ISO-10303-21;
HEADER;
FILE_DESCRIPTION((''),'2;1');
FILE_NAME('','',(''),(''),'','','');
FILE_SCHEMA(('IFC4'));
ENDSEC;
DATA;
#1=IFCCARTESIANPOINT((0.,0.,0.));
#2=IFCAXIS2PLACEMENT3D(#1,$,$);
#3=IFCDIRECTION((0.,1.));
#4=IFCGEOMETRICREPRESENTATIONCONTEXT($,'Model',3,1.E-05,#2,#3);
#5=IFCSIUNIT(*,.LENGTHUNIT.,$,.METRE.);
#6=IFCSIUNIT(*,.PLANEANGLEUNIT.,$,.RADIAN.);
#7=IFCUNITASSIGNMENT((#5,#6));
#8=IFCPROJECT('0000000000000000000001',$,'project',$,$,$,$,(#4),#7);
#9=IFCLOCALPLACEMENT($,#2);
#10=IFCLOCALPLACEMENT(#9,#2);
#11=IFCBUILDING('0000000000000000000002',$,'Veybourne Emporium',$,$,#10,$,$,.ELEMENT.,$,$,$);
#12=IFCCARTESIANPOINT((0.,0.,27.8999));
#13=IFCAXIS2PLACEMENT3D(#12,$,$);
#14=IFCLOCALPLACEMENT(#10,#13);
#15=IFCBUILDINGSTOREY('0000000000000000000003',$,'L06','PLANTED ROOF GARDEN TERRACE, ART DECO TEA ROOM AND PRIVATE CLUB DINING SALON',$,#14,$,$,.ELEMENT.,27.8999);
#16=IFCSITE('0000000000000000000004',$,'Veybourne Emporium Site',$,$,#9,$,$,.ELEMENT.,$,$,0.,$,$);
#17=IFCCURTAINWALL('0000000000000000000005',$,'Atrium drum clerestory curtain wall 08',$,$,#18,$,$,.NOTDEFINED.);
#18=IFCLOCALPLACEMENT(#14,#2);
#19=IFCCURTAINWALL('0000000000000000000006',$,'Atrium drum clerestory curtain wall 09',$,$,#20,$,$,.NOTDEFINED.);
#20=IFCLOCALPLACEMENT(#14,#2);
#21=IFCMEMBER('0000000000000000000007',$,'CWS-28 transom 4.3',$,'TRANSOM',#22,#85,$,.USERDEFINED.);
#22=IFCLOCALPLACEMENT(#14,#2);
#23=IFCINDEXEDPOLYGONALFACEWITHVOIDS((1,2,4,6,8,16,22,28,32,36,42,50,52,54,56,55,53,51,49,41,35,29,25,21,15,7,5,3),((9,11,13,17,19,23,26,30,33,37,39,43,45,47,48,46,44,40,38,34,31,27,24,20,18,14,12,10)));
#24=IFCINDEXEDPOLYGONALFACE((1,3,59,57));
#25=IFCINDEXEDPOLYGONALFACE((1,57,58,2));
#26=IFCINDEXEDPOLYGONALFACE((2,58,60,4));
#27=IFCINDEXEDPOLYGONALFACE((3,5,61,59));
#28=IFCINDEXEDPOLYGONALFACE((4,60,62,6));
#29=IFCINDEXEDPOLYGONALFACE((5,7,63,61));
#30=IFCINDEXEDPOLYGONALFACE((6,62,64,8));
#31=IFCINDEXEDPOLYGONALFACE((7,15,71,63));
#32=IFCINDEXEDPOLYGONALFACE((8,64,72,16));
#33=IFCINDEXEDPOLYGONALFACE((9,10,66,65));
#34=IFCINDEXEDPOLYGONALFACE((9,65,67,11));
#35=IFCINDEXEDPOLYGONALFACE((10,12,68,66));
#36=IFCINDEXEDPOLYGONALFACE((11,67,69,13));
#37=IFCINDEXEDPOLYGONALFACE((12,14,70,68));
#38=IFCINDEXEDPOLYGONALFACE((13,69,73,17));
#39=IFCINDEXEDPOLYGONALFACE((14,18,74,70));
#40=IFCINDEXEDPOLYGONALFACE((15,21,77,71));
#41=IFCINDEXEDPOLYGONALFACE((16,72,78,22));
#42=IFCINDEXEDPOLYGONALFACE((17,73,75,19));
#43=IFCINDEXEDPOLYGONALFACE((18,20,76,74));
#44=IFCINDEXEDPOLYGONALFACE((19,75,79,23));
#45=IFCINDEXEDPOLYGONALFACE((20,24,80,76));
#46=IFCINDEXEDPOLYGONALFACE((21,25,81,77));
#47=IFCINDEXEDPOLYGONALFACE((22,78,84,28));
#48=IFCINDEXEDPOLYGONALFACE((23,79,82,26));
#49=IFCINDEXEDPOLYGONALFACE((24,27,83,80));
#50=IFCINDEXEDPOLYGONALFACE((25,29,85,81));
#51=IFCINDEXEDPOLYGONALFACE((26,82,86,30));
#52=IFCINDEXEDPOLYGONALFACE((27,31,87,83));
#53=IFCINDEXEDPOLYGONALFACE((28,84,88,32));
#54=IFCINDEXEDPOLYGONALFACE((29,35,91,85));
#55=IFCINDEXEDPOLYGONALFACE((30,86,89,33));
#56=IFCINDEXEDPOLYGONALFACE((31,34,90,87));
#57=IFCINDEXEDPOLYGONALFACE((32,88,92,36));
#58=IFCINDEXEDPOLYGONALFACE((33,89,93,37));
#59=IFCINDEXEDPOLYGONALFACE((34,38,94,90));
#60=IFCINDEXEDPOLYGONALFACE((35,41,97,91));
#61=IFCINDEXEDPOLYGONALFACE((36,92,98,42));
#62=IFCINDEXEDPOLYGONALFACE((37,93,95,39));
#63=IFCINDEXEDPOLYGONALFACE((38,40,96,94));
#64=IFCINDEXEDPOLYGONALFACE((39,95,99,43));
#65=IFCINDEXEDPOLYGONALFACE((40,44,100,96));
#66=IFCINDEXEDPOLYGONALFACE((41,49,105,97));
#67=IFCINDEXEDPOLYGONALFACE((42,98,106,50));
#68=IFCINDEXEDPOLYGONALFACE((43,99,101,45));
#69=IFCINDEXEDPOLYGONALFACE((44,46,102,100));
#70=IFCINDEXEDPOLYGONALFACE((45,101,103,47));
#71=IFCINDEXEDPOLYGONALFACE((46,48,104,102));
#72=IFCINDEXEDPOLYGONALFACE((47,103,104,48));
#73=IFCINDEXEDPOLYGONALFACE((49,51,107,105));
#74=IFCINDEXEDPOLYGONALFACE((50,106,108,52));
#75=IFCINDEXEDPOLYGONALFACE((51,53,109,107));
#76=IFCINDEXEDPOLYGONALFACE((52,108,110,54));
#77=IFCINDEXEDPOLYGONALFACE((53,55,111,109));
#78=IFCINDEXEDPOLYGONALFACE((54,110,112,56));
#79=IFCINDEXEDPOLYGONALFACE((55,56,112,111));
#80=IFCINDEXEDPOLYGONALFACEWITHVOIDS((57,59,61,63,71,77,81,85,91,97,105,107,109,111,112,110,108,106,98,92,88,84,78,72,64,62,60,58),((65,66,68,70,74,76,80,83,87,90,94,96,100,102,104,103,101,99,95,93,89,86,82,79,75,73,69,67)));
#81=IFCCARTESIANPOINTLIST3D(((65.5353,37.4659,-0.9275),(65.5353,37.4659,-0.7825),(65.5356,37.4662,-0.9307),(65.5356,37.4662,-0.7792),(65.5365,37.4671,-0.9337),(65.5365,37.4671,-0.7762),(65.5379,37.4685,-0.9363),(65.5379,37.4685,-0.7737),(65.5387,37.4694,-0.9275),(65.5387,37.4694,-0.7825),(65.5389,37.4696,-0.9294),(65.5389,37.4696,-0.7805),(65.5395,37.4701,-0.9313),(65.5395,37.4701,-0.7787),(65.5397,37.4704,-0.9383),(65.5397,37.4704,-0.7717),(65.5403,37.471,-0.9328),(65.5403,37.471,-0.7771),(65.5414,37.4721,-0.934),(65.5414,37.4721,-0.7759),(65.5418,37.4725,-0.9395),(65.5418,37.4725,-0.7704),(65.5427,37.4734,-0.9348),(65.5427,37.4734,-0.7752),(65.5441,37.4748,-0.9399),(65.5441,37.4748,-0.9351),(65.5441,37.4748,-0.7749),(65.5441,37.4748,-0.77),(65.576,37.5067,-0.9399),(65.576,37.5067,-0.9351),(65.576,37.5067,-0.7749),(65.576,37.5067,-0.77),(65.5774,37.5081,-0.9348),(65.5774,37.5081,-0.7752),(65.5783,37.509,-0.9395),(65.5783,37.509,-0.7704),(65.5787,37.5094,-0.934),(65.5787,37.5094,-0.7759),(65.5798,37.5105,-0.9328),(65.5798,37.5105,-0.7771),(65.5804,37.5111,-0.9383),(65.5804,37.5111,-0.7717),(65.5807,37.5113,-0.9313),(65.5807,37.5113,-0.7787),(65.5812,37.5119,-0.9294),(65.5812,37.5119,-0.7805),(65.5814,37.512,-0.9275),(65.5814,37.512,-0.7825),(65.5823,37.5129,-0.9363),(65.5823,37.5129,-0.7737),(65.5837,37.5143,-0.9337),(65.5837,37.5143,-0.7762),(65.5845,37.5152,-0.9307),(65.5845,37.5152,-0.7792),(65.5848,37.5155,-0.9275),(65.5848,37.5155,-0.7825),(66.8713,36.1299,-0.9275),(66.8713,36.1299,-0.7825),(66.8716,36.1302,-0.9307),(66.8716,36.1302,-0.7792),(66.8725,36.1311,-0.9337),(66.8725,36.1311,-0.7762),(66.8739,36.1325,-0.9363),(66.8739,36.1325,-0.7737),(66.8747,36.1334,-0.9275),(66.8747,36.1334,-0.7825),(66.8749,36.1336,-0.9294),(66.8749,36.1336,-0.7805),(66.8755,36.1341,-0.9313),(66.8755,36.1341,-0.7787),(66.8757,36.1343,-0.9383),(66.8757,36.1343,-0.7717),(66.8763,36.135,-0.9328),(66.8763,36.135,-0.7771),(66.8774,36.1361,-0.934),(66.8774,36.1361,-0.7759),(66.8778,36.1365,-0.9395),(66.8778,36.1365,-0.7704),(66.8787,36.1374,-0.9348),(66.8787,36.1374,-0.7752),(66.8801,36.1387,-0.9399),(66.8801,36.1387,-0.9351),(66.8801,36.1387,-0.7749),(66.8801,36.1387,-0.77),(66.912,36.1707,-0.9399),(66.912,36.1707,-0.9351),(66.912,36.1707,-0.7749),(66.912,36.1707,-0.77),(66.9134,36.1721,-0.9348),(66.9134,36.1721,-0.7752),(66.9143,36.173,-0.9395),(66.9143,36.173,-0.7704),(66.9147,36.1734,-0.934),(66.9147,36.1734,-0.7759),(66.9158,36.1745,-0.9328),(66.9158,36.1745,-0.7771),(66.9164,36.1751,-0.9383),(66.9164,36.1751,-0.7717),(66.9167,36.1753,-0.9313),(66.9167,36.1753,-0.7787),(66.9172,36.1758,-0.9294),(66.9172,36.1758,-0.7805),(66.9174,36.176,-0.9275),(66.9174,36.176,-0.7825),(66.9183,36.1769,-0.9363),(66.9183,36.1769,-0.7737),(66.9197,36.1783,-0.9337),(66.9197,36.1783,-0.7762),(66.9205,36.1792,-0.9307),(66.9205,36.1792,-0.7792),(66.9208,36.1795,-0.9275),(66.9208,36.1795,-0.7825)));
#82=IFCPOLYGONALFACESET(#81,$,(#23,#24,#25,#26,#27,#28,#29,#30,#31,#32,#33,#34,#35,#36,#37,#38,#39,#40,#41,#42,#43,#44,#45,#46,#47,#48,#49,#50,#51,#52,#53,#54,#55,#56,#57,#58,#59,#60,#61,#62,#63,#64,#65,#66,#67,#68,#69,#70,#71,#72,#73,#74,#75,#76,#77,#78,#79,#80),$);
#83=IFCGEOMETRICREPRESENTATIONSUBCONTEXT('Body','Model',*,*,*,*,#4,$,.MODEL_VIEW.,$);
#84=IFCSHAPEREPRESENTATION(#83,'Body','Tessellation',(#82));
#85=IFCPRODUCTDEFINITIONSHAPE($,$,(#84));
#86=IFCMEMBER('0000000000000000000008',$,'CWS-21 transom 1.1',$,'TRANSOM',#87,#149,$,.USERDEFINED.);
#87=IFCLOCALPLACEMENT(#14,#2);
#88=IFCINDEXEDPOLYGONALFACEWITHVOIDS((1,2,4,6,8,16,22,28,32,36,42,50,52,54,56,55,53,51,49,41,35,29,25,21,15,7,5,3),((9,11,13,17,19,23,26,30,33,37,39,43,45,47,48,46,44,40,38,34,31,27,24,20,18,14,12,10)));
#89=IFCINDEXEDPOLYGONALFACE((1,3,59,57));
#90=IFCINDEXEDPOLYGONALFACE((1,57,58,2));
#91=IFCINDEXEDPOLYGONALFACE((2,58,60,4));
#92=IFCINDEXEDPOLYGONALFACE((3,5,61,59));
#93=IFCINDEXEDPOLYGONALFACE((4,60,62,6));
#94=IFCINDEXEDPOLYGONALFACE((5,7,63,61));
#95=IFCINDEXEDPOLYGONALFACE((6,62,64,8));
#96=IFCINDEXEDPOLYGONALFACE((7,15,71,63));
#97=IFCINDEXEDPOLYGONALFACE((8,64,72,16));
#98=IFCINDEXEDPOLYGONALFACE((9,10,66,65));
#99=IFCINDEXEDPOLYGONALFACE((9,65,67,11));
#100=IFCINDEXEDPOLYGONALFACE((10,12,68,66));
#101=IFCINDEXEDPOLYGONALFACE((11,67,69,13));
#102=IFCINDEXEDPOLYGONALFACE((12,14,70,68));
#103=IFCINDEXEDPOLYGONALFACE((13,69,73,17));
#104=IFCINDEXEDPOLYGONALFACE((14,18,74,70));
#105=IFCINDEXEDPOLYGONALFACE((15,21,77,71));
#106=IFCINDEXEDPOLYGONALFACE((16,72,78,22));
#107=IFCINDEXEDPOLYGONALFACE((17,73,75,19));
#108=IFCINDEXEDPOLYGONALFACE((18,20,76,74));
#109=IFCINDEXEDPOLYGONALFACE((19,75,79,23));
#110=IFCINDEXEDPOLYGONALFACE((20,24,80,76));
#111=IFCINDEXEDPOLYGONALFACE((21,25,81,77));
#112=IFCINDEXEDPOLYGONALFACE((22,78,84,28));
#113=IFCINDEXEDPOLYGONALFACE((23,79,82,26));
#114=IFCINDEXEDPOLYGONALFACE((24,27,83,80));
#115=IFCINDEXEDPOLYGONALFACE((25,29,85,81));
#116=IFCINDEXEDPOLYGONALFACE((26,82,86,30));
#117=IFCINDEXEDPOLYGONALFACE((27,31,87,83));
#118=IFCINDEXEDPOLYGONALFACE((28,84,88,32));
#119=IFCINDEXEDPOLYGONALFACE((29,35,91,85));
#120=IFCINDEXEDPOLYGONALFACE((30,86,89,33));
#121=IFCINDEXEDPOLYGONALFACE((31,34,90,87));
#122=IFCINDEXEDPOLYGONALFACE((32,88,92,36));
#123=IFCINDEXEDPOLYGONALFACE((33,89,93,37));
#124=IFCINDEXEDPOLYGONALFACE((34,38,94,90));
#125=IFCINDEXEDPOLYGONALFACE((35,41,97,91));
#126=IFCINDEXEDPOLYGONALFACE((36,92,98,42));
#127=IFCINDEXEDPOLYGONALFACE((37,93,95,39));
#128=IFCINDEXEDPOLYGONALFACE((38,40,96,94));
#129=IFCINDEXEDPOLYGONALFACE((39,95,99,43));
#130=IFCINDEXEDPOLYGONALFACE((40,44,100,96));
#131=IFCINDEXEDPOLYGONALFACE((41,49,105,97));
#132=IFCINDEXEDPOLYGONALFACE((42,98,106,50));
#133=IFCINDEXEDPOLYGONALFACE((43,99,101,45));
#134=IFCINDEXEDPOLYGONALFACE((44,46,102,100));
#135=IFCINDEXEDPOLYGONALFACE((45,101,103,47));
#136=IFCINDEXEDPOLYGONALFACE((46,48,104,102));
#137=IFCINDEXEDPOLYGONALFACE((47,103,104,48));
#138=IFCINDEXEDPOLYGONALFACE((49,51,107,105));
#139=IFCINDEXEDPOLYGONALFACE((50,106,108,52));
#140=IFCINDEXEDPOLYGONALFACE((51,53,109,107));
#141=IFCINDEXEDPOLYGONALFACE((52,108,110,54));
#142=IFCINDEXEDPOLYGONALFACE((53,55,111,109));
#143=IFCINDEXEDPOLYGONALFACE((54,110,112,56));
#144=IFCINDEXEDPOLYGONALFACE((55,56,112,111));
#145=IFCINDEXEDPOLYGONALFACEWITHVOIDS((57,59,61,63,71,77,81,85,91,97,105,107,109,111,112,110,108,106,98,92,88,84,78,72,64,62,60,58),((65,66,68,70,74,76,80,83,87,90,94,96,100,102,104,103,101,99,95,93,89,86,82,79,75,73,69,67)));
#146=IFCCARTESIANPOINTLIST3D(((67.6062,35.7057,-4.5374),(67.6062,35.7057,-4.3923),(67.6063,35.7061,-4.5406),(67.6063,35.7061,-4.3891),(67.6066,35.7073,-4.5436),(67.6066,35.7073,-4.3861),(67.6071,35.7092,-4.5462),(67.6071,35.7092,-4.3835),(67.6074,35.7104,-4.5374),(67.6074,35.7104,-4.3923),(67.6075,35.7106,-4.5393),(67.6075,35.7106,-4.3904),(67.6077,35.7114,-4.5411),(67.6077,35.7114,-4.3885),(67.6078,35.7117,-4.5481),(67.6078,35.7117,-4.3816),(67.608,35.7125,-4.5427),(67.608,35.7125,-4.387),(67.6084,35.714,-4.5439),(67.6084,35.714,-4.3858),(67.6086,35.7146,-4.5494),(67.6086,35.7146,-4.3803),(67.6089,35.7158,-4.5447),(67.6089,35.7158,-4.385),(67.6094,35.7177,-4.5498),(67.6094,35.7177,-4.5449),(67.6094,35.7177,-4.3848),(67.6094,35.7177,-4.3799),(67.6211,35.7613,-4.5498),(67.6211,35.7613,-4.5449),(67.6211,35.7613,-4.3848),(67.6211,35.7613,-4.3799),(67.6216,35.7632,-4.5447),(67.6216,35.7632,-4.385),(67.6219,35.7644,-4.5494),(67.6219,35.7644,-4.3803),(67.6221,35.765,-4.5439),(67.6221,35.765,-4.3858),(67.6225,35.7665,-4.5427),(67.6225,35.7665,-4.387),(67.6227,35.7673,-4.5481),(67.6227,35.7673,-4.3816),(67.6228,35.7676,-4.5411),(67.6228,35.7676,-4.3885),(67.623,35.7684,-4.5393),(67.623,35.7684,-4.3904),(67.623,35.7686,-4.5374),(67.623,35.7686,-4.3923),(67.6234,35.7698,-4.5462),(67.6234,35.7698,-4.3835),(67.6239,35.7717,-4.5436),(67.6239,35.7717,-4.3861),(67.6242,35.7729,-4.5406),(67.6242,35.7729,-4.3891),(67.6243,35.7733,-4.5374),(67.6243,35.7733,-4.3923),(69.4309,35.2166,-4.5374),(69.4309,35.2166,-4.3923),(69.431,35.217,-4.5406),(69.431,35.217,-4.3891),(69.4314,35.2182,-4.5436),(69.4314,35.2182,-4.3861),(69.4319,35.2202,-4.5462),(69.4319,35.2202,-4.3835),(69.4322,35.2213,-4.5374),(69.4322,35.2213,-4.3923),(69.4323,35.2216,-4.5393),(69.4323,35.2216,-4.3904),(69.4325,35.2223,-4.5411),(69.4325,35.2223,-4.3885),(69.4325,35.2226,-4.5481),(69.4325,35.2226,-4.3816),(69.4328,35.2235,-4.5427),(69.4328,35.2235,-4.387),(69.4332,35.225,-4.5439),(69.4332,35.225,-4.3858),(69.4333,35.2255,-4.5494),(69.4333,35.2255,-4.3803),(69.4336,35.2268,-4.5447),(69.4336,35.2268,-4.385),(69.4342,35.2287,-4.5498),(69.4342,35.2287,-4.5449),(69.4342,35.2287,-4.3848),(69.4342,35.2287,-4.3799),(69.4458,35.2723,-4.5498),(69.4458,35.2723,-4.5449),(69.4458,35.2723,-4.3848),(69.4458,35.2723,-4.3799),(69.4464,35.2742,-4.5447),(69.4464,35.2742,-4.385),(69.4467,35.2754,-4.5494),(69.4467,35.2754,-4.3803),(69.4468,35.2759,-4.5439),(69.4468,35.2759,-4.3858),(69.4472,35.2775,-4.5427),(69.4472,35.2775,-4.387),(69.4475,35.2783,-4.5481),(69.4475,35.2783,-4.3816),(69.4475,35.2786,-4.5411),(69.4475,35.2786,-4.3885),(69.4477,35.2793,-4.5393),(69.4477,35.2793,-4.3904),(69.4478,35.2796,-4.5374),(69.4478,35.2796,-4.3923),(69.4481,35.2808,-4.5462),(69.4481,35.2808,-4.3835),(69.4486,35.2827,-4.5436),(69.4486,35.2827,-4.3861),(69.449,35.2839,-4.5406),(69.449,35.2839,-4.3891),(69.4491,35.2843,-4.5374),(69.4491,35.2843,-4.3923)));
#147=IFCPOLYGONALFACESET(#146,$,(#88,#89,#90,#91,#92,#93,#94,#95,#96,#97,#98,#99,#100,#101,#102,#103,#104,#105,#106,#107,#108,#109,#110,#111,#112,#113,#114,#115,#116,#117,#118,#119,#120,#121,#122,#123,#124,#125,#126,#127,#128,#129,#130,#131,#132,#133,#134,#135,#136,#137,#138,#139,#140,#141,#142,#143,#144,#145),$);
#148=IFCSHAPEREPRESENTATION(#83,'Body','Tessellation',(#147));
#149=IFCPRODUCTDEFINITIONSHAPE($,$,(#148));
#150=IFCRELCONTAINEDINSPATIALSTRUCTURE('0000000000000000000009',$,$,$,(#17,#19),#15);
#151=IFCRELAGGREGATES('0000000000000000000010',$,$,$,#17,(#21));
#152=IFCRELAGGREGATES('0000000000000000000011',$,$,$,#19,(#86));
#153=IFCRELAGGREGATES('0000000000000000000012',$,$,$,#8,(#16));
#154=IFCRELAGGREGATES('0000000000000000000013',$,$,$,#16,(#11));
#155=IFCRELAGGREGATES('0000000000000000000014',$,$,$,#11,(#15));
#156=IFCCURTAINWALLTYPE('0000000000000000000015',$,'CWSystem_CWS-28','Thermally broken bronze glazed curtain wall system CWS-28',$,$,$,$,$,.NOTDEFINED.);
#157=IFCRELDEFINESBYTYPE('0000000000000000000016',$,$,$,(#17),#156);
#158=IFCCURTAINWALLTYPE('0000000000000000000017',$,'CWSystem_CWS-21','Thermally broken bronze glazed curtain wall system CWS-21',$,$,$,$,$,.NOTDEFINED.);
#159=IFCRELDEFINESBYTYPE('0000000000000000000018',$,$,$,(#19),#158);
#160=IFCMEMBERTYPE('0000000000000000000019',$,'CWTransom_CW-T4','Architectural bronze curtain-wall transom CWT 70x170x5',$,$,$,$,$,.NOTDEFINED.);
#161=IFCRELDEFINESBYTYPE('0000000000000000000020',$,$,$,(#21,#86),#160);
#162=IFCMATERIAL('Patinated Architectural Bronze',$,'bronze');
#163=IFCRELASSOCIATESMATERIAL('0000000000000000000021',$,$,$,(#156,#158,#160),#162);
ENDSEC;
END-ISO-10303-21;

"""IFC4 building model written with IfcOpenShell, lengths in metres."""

from ifc_helpers import new_model, si_unit, direction, frame, origin, origin_2d, place, context, subcontext, project, spatial, hollow_rectangle, extrude, material, material_profile, profile_set, type_object, element, aggregate, save


model = new_model("IFC4")

# Units and contexts
model_context = context("Model", 3, precision=1e-05, world=origin(), true_north=direction((0.0, 1.0)))
body_context = subcontext(model_context, "Body", "Model", "MODEL_VIEW")
ifc_project = project(units=[si_unit("LENGTHUNIT", "METRE"), si_unit("PLANEANGLEUNIT", "RADIAN")], contexts=[model_context])

# Site, building, storey
site_placement = place(None, origin())
site = spatial("IfcSite", under=ifc_project, at=site_placement, Name="Veybourne Emporium Site", CompositionType="ELEMENT", RefElevation=0.0)
building_placement = place(site_placement, origin())
building = spatial("IfcBuilding", under=site, at=building_placement, Name="Veybourne Emporium", CompositionType="ELEMENT")
storey_placement = place(building_placement, frame((0.0, 0.0, 27.8999)))
storey = spatial("IfcBuildingStorey", under=building, at=storey_placement, Name="L06", Description="PLANTED ROOF GARDEN TERRACE, ART DECO TEA ROOM AND PRIVATE CLUB DINING SALON", CompositionType="ELEMENT", Elevation=27.8999)

# Curtain walls
ifc_material_1 = material(Name="Patinated Architectural Bronze", Category="bronze")
curtain_wall_type_1 = type_object("IfcCurtainWallType", Name="CWSystem_CWS-28", Description="Thermally broken bronze glazed curtain wall system CWS-28", PredefinedType="NOTDEFINED", material=ifc_material_1)
curtain_wall_1_placement = place(storey_placement, origin())
curtain_wall_1 = element("IfcCurtainWall", 1, at=curtain_wall_1_placement, inside=storey, type_object=curtain_wall_type_1, Name="Atrium drum clerestory curtain wall 08", PredefinedType="NOTDEFINED")
curtain_wall_type_2 = type_object("IfcCurtainWallType", Name="CWSystem_CWS-21", Description="Thermally broken bronze glazed curtain wall system CWS-21", PredefinedType="NOTDEFINED", material=ifc_material_1)
curtain_wall_2_placement = place(storey_placement, origin())
curtain_wall_2 = element("IfcCurtainWall", 2, at=curtain_wall_2_placement, inside=storey, type_object=curtain_wall_type_2, Name="Atrium drum clerestory curtain wall 09", PredefinedType="NOTDEFINED")

# Members
ifc_material_profile_1 = material_profile(ifc_material_1, hollow_rectangle(XDim=0.0701, YDim=0.1699, WallThickness=0.0049, InnerFilletRadius=0.0076, OuterFilletRadius=0.0125, at=origin_2d()), Name="CWT 70x170x5")
ifc_profile_set_1 = profile_set([ifc_material_profile_1], Name="Patinated Architectural Bronze")
member_type_1 = type_object("IfcMemberType", Name="CWTransom_CW-T4", Description="Architectural bronze curtain-wall transom CWT 70x170x5", PredefinedType="NOTDEFINED", material=ifc_profile_set_1)
member_1_placement = place(storey_placement, frame((65.5601, 37.4907, -0.855), z_axis=(0.707107, -0.707107, 0.0), x_axis=(0.707107, 0.707107, 0.0)))
member_1 = element("IfcMember", 3, at=member_1_placement, type_object=member_type_1, Name="CWS-28 transom 4.3", ObjectType="TRANSOM", PredefinedType="USERDEFINED", context=body_context, shape_type="SweptSolid", body=[
    extrude(hollow_rectangle(XDim=0.0701, YDim=0.1699, WallThickness=0.0049, InnerFilletRadius=0.0076, OuterFilletRadius=0.0125, at=origin_2d()), origin(), (0.0, 0.0, 1.0), 1.8894),
])
member_2_placement = place(storey_placement, frame((67.6152, 35.7395, -4.4648), z_axis=(0.965915, -0.258861, 0.0), x_axis=(0.258861, 0.965915, 0.0)))
member_2 = element("IfcMember", 4, at=member_2_placement, type_object=member_type_1, Name="CWS-21 transom 1.1", ObjectType="TRANSOM", PredefinedType="USERDEFINED", context=body_context, shape_type="SweptSolid", body=[
    extrude(hollow_rectangle(XDim=0.0701, YDim=0.1699, WallThickness=0.0049, InnerFilletRadius=0.0076, OuterFilletRadius=0.0125, at=origin_2d()), origin(), (0.0, 0.0, 1.0), 1.8892),
])

aggregate(curtain_wall_1, [member_1])
aggregate(curtain_wall_2, [member_2])

save(model, "model.ifc")
